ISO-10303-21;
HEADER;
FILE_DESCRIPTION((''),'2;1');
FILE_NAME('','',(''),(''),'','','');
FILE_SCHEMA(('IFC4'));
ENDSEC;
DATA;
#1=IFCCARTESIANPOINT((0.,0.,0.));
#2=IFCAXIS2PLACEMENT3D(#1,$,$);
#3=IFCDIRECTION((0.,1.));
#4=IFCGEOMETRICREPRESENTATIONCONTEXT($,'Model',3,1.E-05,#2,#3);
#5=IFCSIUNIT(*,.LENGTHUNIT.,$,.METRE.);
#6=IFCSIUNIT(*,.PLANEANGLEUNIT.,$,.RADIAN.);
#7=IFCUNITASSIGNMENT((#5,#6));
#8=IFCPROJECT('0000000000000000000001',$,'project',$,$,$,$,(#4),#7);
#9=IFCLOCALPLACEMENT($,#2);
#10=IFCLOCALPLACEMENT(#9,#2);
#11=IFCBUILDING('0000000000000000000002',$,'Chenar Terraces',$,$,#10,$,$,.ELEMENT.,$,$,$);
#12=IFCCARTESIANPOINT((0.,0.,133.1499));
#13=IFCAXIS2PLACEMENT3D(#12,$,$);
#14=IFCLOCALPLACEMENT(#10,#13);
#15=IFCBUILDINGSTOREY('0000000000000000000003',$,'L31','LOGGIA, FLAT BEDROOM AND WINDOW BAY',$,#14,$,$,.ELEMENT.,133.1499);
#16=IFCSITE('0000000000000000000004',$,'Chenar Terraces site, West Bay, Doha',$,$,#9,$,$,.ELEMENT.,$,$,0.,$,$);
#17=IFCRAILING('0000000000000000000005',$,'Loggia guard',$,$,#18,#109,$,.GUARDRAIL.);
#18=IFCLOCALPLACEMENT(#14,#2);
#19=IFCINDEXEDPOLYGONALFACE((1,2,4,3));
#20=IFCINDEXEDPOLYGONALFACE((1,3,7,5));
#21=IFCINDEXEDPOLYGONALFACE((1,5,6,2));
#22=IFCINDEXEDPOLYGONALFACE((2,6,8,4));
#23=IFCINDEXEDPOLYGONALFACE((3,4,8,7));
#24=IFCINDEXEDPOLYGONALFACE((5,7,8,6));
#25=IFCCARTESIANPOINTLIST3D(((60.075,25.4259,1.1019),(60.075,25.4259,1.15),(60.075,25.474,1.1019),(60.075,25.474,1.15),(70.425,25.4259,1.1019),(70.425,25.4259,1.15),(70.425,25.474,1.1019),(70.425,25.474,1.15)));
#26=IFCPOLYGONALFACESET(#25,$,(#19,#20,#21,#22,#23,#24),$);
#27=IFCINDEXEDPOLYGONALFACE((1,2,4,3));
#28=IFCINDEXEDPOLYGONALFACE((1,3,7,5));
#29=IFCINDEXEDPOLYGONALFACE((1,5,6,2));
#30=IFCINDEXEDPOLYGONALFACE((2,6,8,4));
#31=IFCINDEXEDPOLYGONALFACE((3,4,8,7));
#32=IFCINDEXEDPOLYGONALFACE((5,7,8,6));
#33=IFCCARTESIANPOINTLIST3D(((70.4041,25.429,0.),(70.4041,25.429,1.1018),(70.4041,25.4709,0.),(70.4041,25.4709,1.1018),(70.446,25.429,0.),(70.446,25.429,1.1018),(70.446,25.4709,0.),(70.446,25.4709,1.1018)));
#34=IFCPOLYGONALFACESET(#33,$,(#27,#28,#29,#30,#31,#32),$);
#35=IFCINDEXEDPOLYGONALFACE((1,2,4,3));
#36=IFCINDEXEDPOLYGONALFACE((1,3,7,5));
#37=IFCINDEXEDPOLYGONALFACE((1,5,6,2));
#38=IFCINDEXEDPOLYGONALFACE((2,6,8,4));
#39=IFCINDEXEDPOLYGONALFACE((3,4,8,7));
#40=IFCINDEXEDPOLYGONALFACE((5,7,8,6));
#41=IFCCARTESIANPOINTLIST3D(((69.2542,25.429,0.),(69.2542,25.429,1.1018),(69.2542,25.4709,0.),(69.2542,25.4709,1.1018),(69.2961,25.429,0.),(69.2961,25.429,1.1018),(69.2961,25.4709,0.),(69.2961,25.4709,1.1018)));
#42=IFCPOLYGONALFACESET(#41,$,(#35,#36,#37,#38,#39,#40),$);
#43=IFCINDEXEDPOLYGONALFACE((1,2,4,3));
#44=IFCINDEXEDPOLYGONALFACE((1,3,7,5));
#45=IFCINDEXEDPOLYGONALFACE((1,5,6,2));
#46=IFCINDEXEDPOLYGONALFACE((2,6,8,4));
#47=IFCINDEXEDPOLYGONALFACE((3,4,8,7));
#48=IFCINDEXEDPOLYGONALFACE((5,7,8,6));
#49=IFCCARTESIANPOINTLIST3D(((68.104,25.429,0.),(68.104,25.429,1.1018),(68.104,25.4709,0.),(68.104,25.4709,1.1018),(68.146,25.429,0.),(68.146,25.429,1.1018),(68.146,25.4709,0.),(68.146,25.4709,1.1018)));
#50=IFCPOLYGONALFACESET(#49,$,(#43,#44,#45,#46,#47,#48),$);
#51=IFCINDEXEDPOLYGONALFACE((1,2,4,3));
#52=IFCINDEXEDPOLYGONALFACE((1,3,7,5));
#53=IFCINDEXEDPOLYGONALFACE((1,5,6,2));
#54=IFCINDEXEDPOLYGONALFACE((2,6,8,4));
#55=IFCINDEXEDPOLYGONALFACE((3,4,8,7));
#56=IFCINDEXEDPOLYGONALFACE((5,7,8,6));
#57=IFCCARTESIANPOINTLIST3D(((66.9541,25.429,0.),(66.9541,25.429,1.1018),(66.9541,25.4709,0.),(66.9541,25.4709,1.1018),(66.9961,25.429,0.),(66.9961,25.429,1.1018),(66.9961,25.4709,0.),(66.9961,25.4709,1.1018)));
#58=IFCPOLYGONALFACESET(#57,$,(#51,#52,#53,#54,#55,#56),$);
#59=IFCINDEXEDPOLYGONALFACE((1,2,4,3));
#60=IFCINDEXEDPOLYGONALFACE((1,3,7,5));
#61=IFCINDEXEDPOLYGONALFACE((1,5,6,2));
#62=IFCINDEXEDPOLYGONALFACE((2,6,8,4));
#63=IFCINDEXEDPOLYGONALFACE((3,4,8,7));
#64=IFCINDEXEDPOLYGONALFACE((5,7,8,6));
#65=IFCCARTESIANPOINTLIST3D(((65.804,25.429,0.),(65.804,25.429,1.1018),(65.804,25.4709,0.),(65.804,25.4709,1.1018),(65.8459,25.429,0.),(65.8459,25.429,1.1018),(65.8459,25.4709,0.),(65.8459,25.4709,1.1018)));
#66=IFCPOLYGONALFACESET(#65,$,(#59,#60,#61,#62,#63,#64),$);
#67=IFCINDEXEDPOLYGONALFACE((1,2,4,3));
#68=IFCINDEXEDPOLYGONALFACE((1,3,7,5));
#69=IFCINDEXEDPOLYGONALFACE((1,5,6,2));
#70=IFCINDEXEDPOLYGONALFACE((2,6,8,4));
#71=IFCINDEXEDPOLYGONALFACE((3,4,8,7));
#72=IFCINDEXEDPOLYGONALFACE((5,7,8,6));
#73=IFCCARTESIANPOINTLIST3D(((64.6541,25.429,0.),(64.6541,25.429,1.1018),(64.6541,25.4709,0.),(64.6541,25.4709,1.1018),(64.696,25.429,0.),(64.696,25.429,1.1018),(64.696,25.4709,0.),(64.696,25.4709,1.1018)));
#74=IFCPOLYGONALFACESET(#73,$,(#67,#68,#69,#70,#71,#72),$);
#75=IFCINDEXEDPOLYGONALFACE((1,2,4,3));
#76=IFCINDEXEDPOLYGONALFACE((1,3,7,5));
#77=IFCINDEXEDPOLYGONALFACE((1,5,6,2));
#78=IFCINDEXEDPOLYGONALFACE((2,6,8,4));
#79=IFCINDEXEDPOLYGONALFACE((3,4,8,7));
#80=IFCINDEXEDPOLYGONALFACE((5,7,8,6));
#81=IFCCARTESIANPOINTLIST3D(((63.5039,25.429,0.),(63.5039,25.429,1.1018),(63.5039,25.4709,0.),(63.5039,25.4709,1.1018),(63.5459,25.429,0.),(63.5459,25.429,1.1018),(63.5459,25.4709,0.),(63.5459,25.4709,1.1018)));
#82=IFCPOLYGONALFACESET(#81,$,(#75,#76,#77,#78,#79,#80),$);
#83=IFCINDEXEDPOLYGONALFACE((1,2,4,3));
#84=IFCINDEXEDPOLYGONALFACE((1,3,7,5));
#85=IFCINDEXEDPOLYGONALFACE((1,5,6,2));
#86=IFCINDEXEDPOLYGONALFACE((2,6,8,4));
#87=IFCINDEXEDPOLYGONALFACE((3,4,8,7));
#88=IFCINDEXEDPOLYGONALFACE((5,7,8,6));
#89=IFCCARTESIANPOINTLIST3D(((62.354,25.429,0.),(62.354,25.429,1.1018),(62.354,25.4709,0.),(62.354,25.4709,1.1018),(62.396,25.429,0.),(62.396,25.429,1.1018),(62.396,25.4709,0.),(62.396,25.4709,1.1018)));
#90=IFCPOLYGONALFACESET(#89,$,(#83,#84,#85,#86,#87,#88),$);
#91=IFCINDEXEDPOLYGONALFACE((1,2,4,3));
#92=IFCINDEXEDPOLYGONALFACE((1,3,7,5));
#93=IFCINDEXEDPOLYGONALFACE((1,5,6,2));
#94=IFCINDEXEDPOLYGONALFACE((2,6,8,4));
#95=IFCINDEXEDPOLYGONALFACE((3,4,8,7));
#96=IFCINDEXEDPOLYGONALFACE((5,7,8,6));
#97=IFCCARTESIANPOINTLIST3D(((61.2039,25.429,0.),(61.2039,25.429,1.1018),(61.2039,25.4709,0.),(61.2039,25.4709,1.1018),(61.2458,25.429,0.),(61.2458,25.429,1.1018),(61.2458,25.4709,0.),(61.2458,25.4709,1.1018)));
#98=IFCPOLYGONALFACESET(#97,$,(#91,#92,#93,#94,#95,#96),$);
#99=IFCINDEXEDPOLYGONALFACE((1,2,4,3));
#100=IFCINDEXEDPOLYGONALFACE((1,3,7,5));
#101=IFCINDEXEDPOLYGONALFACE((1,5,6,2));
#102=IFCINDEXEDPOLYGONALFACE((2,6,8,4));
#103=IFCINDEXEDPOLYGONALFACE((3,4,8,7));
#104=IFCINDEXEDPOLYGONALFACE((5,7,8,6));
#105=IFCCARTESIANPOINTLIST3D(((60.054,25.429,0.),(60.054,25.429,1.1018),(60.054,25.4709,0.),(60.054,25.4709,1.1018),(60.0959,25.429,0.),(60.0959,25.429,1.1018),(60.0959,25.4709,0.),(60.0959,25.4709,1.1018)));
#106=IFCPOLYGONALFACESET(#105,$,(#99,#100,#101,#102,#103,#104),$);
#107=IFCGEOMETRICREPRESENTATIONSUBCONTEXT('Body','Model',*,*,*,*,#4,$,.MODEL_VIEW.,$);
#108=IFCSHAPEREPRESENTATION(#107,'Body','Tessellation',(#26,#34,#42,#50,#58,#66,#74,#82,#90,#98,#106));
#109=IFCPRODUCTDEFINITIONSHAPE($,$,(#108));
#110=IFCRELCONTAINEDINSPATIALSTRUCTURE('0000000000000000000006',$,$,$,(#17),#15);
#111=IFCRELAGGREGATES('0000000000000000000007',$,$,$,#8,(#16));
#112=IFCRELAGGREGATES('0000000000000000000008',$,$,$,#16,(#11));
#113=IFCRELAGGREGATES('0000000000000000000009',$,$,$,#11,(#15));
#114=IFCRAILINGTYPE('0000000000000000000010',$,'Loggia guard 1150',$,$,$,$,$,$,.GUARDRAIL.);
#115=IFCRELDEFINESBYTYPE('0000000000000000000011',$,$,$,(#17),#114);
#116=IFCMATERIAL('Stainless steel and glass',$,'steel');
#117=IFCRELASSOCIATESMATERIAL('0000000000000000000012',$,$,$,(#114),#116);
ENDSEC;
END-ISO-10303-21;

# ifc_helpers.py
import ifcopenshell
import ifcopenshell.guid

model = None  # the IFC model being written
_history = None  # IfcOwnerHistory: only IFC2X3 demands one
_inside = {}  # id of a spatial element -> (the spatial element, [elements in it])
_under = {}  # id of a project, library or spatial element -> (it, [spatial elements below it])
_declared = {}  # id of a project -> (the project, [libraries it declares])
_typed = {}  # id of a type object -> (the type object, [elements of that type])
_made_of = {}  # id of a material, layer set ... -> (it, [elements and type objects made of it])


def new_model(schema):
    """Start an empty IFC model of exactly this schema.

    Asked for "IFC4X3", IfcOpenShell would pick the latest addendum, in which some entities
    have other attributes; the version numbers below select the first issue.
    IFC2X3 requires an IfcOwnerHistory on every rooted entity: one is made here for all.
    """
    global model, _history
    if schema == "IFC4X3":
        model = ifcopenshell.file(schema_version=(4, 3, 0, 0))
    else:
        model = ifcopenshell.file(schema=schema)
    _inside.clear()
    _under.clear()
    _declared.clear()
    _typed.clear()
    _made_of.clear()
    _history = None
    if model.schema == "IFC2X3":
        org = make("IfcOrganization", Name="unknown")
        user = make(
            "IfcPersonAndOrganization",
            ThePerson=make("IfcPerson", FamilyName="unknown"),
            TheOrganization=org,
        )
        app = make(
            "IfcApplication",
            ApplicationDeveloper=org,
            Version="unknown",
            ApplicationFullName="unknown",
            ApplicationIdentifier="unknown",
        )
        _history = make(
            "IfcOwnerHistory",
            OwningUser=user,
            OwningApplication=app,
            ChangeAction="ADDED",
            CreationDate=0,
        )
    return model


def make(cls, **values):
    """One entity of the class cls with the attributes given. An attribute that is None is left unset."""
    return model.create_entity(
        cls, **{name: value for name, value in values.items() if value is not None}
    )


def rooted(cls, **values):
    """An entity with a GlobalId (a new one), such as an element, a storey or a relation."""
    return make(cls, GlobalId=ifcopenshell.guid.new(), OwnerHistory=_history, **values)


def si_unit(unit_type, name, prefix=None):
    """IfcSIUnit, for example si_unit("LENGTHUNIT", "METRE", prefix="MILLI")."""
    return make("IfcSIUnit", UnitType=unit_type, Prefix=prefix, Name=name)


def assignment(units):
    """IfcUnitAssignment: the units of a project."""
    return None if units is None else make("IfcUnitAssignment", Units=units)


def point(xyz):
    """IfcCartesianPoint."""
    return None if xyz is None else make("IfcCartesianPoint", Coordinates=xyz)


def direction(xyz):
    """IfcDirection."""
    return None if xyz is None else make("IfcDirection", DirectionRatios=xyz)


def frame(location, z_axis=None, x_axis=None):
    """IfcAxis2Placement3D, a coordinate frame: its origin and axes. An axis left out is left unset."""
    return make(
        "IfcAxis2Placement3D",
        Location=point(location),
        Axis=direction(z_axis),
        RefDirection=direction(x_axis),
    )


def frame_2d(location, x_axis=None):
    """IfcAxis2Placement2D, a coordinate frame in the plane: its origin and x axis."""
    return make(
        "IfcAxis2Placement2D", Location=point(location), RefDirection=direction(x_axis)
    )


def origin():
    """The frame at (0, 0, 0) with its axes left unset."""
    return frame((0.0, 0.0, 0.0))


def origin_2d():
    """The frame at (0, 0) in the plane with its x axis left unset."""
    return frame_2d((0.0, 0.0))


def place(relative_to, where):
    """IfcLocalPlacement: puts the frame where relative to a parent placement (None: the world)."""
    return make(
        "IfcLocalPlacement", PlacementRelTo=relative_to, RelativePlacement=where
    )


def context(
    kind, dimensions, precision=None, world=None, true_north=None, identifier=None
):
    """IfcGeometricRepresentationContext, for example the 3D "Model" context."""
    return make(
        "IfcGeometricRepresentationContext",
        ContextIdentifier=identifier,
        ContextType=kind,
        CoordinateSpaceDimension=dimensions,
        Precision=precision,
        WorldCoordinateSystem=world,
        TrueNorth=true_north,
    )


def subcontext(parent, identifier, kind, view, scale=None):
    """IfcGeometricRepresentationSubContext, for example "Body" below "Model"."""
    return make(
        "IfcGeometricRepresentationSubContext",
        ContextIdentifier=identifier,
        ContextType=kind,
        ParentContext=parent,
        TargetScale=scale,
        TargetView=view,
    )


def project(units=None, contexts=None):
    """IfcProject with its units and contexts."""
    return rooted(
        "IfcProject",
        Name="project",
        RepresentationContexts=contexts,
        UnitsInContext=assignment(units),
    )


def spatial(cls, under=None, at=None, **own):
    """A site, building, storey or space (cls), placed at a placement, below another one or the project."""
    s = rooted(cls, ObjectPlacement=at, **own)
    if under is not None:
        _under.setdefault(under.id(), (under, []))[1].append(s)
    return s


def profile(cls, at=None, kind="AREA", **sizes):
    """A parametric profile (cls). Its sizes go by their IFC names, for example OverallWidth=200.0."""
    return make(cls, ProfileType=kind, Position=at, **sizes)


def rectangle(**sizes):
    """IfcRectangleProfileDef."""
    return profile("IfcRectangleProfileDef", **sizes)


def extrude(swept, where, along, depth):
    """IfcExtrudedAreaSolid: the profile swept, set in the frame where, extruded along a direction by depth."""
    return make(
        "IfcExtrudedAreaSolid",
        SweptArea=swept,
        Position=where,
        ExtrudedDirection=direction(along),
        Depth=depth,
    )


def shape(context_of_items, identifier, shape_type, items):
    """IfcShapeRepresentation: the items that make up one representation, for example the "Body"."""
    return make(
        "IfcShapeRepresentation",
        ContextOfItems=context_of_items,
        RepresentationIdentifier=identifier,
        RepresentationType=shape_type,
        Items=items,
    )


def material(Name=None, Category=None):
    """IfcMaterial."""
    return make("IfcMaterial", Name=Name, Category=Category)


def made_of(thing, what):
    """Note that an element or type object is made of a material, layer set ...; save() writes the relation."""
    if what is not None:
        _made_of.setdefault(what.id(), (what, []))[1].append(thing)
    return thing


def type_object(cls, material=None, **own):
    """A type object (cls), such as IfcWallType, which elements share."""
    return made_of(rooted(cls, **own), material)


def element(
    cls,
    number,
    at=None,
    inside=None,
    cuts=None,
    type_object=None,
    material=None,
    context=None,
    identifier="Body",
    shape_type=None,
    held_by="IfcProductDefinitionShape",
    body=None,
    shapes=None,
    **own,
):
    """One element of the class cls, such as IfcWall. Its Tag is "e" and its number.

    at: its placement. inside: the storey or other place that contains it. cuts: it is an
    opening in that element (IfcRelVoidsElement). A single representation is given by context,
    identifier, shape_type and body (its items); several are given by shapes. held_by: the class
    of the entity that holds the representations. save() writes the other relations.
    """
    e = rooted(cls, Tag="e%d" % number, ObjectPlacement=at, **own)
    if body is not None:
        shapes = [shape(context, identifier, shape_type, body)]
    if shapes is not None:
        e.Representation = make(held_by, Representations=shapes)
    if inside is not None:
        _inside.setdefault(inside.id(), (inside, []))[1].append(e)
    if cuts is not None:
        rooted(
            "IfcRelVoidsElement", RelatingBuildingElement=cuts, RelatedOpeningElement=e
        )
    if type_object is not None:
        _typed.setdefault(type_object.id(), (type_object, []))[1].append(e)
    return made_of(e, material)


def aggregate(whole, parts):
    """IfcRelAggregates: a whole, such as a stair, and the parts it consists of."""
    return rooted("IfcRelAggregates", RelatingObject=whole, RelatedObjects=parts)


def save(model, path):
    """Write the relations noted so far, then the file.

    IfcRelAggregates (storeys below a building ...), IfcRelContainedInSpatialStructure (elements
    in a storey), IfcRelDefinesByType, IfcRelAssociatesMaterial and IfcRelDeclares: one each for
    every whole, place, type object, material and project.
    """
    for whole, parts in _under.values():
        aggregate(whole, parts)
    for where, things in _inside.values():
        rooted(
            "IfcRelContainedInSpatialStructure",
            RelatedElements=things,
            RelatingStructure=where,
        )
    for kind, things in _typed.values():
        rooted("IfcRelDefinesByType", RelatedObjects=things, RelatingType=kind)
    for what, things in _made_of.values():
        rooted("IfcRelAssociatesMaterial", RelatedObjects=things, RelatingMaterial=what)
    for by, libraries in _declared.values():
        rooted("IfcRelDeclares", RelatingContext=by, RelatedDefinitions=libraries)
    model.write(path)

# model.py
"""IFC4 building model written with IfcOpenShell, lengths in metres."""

from ifc_helpers import new_model, si_unit, direction, frame, origin, origin_2d, place, context, subcontext, project, spatial, rectangle, extrude, material, type_object, element, save


model = new_model("IFC4")

# Units and contexts
model_context = context("Model", 3, precision=1e-05, world=origin(), true_north=direction((0.0, 1.0)))
body_context = subcontext(model_context, "Body", "Model", "MODEL_VIEW")
ifc_project = project(units=[si_unit("LENGTHUNIT", "METRE"), si_unit("PLANEANGLEUNIT", "RADIAN")], contexts=[model_context])

# Site, building, storey
site_placement = place(None, origin())
site = spatial("IfcSite", under=ifc_project, at=site_placement, Name="Chenar Terraces site, West Bay, Doha", CompositionType="ELEMENT", RefElevation=0.0)
building_placement = place(site_placement, origin())
building = spatial("IfcBuilding", under=site, at=building_placement, Name="Chenar Terraces", CompositionType="ELEMENT")
storey_placement = place(building_placement, frame((0.0, 0.0, 133.1499)))
storey = spatial("IfcBuildingStorey", under=building, at=storey_placement, Name="L31", Description="LOGGIA, FLAT BEDROOM AND WINDOW BAY", CompositionType="ELEMENT", Elevation=133.1499)

# Railing
ifc_material_1 = material(Name="Stainless steel and glass", Category="steel")
railing_type = type_object("IfcRailingType", Name="Loggia guard 1150", PredefinedType="GUARDRAIL", material=ifc_material_1)
railing_placement = place(storey_placement, frame((70.425, 25.45, 0.0)))
element("IfcRailing", 1, at=railing_placement, inside=storey, type_object=railing_type, Name="Loggia guard", PredefinedType="GUARDRAIL", context=body_context, shape_type="SweptSolid", body=[
    extrude(rectangle(XDim=0.0481, YDim=0.0481, at=origin_2d()), frame((0.0, 0.0, 1.126), z_axis=(-1.0, 0.0, 0.0), x_axis=(0.0, -1.0, 0.0)), (0.0, 0.0, 1.0), 10.3501),
    extrude(rectangle(XDim=0.042, YDim=0.042, at=origin_2d()), origin(), (0.0, 0.0, 1.0), 1.1018),
    extrude(rectangle(XDim=0.042, YDim=0.042, at=origin_2d()), frame((-1.1499, 0.0, 0.0)), (0.0, 0.0, 1.0), 1.1018),
    extrude(rectangle(XDim=0.042, YDim=0.042, at=origin_2d()), frame((-2.3, 0.0, 0.0)), (0.0, 0.0, 1.0), 1.1018),
    extrude(rectangle(XDim=0.042, YDim=0.042, at=origin_2d()), frame((-3.45, 0.0, 0.0)), (0.0, 0.0, 1.0), 1.1018),
    extrude(rectangle(XDim=0.042, YDim=0.042, at=origin_2d()), frame((-4.6001, 0.0, 0.0)), (0.0, 0.0, 1.0), 1.1018),
    extrude(rectangle(XDim=0.042, YDim=0.042, at=origin_2d()), frame((-5.75, 0.0, 0.0)), (0.0, 0.0, 1.0), 1.1018),
    extrude(rectangle(XDim=0.042, YDim=0.042, at=origin_2d()), frame((-6.9001, 0.0, 0.0)), (0.0, 0.0, 1.0), 1.1018),
    extrude(rectangle(XDim=0.042, YDim=0.042, at=origin_2d()), frame((-8.05, 0.0, 0.0)), (0.0, 0.0, 1.0), 1.1018),
    extrude(rectangle(XDim=0.042, YDim=0.042, at=origin_2d()), frame((-9.2002, 0.0, 0.0)), (0.0, 0.0, 1.0), 1.1018),
    extrude(rectangle(XDim=0.042, YDim=0.042, at=origin_2d()), frame((-10.3501, 0.0, 0.0)), (0.0, 0.0, 1.0), 1.1018),
])

save(model, "model.ifc")
